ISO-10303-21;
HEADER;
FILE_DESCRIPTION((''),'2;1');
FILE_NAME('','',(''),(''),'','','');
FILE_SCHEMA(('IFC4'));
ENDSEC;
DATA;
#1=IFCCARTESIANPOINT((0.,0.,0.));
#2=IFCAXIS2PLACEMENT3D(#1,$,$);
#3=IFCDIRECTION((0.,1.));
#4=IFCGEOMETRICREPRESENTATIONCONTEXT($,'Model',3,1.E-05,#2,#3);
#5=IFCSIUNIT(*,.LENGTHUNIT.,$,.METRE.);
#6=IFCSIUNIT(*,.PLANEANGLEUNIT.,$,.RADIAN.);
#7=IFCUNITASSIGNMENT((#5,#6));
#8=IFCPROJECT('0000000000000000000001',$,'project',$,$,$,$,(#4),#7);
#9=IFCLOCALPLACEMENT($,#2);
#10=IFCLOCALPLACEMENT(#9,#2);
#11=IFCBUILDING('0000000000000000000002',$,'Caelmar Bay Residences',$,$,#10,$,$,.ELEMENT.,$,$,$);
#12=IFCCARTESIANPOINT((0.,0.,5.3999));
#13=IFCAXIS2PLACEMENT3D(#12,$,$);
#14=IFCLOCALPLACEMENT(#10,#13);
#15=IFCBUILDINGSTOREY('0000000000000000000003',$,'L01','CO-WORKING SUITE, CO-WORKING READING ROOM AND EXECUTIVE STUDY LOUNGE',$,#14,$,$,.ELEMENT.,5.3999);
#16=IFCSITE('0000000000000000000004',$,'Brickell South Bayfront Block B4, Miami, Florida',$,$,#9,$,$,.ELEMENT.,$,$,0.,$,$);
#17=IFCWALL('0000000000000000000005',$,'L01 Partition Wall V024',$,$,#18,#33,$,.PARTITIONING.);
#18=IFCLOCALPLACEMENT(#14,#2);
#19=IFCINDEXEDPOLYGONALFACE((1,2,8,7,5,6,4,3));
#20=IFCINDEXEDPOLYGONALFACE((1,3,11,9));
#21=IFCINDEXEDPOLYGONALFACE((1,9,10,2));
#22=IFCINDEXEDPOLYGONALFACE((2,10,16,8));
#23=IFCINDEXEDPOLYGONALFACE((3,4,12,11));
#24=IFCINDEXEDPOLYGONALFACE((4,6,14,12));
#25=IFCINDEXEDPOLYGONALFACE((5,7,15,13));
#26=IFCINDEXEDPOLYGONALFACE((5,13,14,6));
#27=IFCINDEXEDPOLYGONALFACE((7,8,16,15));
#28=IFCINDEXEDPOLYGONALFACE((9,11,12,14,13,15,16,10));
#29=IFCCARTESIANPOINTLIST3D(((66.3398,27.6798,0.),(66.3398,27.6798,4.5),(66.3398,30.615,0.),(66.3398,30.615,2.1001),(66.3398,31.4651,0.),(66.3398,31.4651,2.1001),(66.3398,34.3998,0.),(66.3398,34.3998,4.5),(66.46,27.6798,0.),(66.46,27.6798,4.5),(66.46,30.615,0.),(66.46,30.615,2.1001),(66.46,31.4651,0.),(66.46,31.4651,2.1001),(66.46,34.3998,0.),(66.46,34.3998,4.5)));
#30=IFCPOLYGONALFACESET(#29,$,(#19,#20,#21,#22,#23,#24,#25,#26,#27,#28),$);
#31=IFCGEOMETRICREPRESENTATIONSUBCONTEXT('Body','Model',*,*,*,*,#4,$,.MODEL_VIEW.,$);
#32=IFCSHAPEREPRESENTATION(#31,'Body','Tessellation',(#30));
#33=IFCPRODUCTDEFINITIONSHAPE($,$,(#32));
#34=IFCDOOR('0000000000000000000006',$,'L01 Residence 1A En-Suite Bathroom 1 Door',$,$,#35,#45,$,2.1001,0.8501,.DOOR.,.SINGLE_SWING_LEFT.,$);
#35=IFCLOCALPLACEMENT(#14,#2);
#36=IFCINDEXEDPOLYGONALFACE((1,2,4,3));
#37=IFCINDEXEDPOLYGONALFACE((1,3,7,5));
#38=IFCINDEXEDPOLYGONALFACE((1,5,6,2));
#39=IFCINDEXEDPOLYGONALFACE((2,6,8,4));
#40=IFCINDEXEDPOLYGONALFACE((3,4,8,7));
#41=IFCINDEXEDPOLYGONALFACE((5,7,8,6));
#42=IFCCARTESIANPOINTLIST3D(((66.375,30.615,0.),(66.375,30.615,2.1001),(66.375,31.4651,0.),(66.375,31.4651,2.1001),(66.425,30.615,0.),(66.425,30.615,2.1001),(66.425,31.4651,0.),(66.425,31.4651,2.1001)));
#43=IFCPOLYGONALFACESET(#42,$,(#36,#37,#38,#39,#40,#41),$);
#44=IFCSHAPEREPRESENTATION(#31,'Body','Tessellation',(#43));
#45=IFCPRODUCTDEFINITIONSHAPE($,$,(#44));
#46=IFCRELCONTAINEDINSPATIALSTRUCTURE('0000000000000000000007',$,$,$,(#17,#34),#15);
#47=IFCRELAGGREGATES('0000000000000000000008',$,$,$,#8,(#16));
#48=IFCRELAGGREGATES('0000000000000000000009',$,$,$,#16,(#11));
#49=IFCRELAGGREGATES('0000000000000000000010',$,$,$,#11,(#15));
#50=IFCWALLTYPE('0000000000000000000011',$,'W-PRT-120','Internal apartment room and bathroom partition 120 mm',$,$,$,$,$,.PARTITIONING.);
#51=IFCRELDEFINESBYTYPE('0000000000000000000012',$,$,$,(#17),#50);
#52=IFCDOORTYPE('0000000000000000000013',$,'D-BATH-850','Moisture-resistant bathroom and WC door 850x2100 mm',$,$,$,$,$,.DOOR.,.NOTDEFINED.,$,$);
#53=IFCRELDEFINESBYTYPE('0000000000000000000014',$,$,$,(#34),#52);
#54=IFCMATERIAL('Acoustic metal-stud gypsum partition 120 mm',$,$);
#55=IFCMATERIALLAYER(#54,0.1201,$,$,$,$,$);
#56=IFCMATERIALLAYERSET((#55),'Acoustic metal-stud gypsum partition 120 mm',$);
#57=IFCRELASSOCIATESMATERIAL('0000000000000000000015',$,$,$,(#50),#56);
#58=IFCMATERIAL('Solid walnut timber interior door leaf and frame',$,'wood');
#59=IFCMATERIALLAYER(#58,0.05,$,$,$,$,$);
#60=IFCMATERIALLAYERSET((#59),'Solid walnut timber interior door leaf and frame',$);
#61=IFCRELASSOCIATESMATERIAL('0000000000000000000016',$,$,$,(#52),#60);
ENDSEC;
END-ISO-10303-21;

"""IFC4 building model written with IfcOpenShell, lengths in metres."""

from ifc_helpers import new_model, si_unit, direction, frame, frame_2d, origin, place, context, subcontext, project, spatial, rectangle, extrude, material, layer, layer_set, type_object, element, fill, save


model = new_model("IFC4")

# Units and contexts
model_context = context("Model", 3, precision=1e-05, world=origin(), true_north=direction((0.0, 1.0)))
body_context = subcontext(model_context, "Body", "Model", "MODEL_VIEW")
ifc_project = project(units=[si_unit("LENGTHUNIT", "METRE"), si_unit("PLANEANGLEUNIT", "RADIAN")], contexts=[model_context])

# Site, building, storey
site_placement = place(None, origin())
site = spatial("IfcSite", under=ifc_project, at=site_placement, Name="Brickell South Bayfront Block B4, Miami, Florida", CompositionType="ELEMENT", RefElevation=0.0)
building_placement = place(site_placement, origin())
building = spatial("IfcBuilding", under=site, at=building_placement, Name="Caelmar Bay Residences", CompositionType="ELEMENT")
storey_placement = place(building_placement, frame((0.0, 0.0, 5.3999)))
storey = spatial("IfcBuildingStorey", under=building, at=storey_placement, Name="L01", Description="CO-WORKING SUITE, CO-WORKING READING ROOM AND EXECUTIVE STUDY LOUNGE", CompositionType="ELEMENT", Elevation=5.3999)

# Wall, opening, door
ifc_material_1 = material(Name="Acoustic metal-stud gypsum partition 120 mm")
ifc_layer_1 = layer(ifc_material_1, 0.1201)
ifc_layer_set_1 = layer_set([ifc_layer_1], Name="Acoustic metal-stud gypsum partition 120 mm")
wall_type_1 = type_object("IfcWallType", Name="W-PRT-120", Description="Internal apartment room and bathroom partition 120 mm", PredefinedType="PARTITIONING", material=ifc_layer_set_1)
wall_1_placement = place(storey_placement, frame((66.3999, 27.6799, 0.0), z_axis=(0.0, 0.0, 1.0), x_axis=(0.0, 1.0, 0.0)))
wall_1 = element("IfcWall", 1, at=wall_1_placement, inside=storey, type_object=wall_type_1, Name="L01 Partition Wall V024", PredefinedType="PARTITIONING", context=body_context, shape_type="SweptSolid", body=[
    extrude(rectangle(XDim=6.72, YDim=0.1201, at=frame_2d((3.3599, 0.0))), origin(), (0.0, 0.0, 1.0), 4.5),
])
opening_placement = place(wall_1_placement, frame((2.9351, 0.0, 0.0)))
opening = element("IfcOpeningElement", 2, at=opening_placement, cuts=wall_1, PredefinedType="OPENING", context=body_context, shape_type="SweptSolid", body=[
    extrude(rectangle(XDim=0.8501, YDim=2.1001, at=frame_2d((0.425, 1.05))), frame((0.0, 0.0701, 0.0), z_axis=(0.0, -1.0, 0.0), x_axis=(1.0, 0.0, 0.0)), (0.0, 0.0, 1.0), 0.1401),
])
ifc_material_2 = material(Name="Solid walnut timber interior door leaf and frame", Category="wood")
ifc_layer_2 = layer(ifc_material_2, 0.05)
ifc_layer_set_2 = layer_set([ifc_layer_2], Name="Solid walnut timber interior door leaf and frame")
door_type = type_object("IfcDoorType", Name="D-BATH-850", Description="Moisture-resistant bathroom and WC door 850x2100 mm", OperationType="NOTDEFINED", PredefinedType="DOOR", material=ifc_layer_set_2)
door_placement = place(opening_placement, origin())
door = element("IfcDoor", 3, at=door_placement, inside=storey, type_object=door_type, Name="L01 Residence 1A En-Suite Bathroom 1 Door", OperationType="SINGLE_SWING_LEFT", OverallHeight=2.1001, OverallWidth=0.8501, PredefinedType="DOOR", context=body_context, shape_type="SweptSolid", body=[
    extrude(rectangle(XDim=0.8501, YDim=2.1001, at=frame_2d((0.425, 1.05))), frame((0.0, 0.0249, 0.0), z_axis=(0.0, -1.0, 0.0), x_axis=(1.0, 0.0, 0.0)), (0.0, 0.0, 1.0), 0.05),
])
fill(opening, door)

save(model, "model.ifc")
